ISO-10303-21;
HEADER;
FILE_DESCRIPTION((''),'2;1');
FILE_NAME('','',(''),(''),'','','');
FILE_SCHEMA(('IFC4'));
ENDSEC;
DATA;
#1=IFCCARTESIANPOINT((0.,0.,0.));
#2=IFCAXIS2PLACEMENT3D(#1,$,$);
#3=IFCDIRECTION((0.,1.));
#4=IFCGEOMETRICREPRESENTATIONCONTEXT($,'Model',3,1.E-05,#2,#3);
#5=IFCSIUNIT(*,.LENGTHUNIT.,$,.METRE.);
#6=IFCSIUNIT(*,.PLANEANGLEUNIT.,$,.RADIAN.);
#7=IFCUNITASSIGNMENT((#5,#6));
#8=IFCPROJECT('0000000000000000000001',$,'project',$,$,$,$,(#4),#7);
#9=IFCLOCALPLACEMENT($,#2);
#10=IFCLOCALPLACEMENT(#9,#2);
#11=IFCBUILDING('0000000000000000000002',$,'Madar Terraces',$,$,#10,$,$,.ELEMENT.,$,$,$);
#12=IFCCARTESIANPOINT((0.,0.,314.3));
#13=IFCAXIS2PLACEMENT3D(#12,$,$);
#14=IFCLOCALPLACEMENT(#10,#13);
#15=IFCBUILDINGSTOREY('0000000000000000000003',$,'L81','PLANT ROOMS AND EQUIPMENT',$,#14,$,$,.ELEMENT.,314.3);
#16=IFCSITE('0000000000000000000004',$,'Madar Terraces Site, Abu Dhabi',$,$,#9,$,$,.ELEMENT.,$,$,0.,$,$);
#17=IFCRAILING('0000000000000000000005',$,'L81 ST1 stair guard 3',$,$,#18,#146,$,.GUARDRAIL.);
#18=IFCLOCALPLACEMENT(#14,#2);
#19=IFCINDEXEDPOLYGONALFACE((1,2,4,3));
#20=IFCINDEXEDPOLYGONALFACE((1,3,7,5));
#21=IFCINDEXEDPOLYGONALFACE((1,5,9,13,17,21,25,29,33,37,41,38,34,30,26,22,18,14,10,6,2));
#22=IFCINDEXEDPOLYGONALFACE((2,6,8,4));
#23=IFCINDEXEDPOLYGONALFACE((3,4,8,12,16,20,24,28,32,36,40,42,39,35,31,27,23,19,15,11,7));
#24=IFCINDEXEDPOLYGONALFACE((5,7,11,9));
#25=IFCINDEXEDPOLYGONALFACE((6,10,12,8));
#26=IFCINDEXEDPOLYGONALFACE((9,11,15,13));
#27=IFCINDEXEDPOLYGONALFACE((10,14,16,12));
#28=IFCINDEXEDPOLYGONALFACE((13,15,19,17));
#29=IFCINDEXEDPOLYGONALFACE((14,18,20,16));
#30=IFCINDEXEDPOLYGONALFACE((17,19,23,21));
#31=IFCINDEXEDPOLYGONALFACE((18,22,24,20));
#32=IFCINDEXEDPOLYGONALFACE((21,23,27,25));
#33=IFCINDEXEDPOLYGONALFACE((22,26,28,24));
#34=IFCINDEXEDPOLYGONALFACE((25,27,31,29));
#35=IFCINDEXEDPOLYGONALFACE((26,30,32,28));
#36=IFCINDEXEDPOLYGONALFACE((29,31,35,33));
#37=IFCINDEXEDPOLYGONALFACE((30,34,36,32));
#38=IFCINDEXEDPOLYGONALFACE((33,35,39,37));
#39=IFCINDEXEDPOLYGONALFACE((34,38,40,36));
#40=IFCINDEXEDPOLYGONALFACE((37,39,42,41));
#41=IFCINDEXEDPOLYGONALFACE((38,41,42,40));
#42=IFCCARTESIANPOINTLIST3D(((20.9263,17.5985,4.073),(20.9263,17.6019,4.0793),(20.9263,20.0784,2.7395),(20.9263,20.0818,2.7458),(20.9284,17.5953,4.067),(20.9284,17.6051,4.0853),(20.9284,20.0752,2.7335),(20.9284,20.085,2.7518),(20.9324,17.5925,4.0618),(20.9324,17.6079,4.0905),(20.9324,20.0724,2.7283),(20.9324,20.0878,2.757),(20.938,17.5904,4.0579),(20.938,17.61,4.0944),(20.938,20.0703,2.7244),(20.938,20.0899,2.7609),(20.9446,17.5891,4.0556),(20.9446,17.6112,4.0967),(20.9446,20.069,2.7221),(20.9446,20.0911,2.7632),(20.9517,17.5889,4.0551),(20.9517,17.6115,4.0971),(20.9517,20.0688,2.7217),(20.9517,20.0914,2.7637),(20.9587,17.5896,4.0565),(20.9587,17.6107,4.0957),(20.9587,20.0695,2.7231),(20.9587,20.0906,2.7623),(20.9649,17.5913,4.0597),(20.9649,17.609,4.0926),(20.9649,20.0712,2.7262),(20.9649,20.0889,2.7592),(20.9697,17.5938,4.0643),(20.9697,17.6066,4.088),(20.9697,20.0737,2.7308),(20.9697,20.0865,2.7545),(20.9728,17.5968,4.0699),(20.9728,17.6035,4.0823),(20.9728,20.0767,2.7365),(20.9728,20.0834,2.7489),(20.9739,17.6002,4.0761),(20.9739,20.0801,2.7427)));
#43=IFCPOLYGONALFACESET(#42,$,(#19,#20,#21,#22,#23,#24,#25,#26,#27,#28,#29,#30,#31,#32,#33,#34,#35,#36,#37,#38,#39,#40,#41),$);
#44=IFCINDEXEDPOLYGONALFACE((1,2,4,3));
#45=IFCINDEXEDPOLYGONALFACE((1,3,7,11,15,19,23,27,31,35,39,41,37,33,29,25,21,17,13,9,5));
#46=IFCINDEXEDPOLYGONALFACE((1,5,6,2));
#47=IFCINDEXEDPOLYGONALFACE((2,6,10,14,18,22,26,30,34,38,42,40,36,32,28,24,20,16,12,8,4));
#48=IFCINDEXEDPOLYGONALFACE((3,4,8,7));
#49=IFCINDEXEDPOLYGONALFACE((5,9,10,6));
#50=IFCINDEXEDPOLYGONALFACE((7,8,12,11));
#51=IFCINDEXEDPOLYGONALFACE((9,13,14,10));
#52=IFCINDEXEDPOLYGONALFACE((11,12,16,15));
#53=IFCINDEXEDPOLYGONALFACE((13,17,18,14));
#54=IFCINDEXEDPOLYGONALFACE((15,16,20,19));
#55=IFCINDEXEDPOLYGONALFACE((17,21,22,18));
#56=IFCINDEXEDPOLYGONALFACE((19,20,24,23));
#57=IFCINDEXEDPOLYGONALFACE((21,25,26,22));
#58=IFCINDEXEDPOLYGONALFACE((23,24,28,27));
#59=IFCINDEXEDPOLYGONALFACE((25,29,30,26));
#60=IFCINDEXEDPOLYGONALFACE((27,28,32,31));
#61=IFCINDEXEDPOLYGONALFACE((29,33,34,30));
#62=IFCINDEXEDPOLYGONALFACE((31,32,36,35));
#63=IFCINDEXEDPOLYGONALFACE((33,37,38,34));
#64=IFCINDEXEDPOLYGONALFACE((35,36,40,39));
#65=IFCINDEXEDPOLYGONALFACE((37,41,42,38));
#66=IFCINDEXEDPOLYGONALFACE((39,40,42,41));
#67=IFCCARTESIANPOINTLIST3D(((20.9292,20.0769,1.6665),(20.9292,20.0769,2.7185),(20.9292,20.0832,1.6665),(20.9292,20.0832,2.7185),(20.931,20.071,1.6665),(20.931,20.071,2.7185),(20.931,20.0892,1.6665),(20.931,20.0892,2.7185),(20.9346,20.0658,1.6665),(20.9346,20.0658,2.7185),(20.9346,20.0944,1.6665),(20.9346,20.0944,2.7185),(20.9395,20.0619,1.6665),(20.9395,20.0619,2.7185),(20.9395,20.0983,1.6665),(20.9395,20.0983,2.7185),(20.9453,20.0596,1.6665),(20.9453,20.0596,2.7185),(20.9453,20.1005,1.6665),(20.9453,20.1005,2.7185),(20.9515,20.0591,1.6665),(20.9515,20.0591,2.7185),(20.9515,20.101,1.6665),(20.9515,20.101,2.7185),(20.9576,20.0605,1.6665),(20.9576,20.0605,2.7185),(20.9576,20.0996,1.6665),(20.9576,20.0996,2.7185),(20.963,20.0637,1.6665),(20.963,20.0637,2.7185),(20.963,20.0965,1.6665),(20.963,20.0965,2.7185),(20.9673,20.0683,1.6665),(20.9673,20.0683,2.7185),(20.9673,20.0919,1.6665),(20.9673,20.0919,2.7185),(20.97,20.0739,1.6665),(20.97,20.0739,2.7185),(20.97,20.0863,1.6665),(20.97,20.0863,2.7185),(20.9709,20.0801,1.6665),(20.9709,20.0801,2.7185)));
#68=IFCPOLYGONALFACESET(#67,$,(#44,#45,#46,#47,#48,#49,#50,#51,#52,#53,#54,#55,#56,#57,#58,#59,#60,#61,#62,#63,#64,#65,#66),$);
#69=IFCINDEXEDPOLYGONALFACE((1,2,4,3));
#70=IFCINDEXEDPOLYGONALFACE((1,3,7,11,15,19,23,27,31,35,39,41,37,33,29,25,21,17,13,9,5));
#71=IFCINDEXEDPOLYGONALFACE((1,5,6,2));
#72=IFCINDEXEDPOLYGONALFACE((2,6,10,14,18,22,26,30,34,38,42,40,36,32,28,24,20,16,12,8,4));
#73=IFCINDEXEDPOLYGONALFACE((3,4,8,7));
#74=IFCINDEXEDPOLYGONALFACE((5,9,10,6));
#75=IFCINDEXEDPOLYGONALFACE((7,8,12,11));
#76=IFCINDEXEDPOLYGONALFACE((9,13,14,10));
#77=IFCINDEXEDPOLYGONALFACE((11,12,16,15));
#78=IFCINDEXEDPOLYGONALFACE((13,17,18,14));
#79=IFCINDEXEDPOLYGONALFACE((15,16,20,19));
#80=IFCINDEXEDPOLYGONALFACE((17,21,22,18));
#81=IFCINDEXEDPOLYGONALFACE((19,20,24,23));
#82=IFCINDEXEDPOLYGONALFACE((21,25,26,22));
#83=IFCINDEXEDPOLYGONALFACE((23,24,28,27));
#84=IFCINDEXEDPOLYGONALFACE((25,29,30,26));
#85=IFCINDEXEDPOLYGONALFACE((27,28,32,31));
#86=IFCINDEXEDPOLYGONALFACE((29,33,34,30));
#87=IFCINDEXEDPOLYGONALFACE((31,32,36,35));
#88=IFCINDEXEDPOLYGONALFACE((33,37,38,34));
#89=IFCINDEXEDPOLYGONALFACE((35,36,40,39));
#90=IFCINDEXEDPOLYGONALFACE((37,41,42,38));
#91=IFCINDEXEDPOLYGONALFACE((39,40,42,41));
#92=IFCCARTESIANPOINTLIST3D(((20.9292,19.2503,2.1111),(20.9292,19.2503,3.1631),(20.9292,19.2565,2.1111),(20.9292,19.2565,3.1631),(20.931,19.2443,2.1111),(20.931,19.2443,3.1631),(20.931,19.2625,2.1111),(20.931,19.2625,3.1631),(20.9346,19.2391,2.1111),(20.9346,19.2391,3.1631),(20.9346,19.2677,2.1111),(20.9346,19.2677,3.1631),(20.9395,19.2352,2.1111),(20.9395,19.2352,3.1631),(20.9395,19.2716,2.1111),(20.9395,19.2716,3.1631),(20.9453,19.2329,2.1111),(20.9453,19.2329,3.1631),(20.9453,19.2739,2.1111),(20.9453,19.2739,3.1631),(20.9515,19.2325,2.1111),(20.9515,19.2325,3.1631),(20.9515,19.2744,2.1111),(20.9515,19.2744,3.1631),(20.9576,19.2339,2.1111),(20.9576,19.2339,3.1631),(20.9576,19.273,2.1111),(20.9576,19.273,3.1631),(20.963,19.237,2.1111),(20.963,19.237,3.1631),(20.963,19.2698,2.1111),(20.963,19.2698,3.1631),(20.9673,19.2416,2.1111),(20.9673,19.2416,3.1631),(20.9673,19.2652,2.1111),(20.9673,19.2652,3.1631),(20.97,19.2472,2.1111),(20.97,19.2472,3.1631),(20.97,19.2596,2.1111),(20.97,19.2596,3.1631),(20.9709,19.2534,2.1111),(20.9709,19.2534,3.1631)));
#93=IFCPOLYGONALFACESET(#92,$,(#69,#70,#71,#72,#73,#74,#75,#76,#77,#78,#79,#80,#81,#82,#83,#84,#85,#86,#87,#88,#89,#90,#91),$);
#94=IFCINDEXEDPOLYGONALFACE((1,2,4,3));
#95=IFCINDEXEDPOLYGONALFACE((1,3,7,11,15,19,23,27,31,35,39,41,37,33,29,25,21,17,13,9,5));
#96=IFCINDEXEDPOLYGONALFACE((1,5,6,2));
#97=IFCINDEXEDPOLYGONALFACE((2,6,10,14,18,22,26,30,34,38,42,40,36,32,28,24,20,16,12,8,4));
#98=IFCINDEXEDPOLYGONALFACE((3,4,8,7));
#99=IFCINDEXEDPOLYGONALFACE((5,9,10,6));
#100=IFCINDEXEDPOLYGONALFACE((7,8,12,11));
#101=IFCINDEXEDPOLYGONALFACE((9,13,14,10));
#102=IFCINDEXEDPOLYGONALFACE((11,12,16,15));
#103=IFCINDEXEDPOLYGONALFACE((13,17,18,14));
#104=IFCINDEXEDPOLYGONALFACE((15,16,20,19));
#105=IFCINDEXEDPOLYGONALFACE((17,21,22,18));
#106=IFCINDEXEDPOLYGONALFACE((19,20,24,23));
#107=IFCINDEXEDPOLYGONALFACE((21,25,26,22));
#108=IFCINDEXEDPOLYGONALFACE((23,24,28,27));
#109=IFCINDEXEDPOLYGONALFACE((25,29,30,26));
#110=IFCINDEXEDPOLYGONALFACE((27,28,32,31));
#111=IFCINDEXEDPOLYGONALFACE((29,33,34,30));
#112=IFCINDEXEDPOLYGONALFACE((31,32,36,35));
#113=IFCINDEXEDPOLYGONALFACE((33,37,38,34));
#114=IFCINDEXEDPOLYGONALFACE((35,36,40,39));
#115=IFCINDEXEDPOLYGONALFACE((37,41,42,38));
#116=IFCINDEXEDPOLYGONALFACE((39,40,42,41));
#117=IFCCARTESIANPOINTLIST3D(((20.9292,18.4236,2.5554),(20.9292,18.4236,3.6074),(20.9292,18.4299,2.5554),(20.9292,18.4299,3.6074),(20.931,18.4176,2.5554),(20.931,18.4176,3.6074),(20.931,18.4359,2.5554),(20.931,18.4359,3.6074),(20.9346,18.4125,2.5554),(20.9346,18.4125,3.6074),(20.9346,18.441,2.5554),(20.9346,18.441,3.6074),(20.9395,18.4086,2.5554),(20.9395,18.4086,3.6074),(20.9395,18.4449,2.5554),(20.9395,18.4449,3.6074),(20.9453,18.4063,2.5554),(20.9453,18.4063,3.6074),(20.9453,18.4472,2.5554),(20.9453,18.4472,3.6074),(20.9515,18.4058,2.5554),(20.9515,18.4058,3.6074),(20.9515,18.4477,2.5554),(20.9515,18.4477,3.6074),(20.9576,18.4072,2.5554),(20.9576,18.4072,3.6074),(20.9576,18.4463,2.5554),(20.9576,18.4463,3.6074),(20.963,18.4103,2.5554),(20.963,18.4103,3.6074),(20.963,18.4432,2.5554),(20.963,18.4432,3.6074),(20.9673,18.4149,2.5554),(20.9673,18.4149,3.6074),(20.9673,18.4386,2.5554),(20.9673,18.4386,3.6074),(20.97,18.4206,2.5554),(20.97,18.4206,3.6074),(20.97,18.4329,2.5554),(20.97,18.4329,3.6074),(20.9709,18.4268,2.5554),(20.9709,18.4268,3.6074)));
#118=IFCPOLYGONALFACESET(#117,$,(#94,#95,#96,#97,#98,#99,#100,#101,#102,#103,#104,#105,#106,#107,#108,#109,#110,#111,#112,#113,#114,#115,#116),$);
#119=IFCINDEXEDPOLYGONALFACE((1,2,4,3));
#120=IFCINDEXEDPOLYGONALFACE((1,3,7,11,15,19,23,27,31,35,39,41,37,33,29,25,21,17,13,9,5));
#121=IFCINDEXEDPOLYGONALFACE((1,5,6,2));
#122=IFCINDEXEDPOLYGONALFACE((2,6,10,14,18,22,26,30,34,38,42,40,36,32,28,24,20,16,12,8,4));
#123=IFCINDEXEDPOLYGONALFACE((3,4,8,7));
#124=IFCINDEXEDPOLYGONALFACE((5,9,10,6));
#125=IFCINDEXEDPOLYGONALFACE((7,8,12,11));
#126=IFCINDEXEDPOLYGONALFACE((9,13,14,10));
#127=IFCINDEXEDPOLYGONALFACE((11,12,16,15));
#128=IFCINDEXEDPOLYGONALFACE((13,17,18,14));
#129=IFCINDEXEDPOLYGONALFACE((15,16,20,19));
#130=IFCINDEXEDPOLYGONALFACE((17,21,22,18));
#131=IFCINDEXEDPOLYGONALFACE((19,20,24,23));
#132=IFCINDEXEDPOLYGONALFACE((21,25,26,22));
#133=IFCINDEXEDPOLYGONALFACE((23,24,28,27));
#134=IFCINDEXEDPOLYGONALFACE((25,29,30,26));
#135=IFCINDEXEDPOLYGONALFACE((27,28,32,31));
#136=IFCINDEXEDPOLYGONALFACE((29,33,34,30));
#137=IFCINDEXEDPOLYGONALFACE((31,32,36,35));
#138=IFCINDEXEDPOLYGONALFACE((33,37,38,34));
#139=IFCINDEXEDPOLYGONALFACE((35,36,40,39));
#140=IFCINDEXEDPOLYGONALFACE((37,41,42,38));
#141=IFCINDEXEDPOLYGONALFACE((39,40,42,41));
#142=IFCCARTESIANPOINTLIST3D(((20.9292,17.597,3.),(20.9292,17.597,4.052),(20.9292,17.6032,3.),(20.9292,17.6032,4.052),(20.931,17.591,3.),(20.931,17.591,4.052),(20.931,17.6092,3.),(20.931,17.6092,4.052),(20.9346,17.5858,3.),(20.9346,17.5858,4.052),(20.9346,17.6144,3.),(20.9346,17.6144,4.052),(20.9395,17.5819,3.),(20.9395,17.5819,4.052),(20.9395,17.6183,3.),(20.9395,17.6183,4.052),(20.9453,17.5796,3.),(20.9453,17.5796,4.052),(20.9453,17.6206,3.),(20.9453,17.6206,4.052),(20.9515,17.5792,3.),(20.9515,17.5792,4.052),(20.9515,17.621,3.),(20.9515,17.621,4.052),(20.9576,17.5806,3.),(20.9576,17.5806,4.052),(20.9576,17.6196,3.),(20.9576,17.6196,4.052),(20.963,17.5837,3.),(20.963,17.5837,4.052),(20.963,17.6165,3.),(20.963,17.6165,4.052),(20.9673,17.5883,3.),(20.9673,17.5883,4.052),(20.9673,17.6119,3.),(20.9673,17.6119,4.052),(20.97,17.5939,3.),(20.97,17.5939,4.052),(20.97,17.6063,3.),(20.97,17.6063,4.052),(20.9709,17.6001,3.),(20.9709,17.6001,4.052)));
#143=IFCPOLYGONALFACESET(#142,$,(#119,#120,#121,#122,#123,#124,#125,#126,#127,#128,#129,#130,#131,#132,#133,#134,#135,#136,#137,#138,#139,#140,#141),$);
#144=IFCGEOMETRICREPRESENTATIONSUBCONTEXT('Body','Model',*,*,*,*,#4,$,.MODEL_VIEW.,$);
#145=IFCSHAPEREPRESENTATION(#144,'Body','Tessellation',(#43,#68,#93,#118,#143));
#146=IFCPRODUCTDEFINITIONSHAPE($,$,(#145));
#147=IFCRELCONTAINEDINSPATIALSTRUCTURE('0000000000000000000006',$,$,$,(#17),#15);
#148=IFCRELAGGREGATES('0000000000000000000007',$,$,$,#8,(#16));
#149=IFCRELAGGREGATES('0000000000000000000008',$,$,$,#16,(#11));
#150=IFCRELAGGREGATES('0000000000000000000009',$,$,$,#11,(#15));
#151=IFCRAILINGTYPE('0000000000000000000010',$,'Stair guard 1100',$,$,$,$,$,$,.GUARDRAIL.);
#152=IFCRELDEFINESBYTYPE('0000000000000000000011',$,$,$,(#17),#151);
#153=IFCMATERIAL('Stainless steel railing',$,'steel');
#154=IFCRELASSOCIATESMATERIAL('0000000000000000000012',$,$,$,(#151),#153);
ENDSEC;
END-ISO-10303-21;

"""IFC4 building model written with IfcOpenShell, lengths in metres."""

from ifc_helpers import new_model, si_unit, direction, frame, origin, origin_2d, place, context, subcontext, project, spatial, circle, extrude, material, type_object, element, save


model = new_model("IFC4")

# Units and contexts
model_context = context("Model", 3, precision=1e-05, world=origin(), true_north=direction((0.0, 1.0)))
body_context = subcontext(model_context, "Body", "Model", "MODEL_VIEW")
ifc_project = project(units=[si_unit("LENGTHUNIT", "METRE"), si_unit("PLANEANGLEUNIT", "RADIAN")], contexts=[model_context])

# Site, building, storey
site_placement = place(None, origin())
site = spatial("IfcSite", under=ifc_project, at=site_placement, Name="Madar Terraces Site, Abu Dhabi", CompositionType="ELEMENT", RefElevation=0.0)
building_placement = place(site_placement, origin())
building = spatial("IfcBuilding", under=site, at=building_placement, Name="Madar Terraces", CompositionType="ELEMENT")
storey_placement = place(building_placement, frame((0.0, 0.0, 314.3)))
storey = spatial("IfcBuildingStorey", under=building, at=storey_placement, Name="L81", Description="PLANT ROOMS AND EQUIPMENT", CompositionType="ELEMENT", Elevation=314.3)

# Railing
ifc_material_1 = material(Name="Stainless steel railing", Category="steel")
railing_type = type_object("IfcRailingType", Name="Stair guard 1100", PredefinedType="GUARDRAIL", material=ifc_material_1)
railing_1_placement = place(storey_placement, frame((20.95, 20.0801, 1.6665)))
element("IfcRailing", 1, at=railing_1_placement, inside=storey, type_object=railing_type, Name="L81 ST1 stair guard 3", PredefinedType="GUARDRAIL", context=body_context, shape_type="SweptSolid", body=[
    extrude(circle(Radius=0.0239, at=origin_2d()), frame((0.0, 0.0, 1.0762), z_axis=(0.0, -0.880749, 0.473583), x_axis=(1.0, 0.0, 0.0)), (0.0, 0.0, 1.0), 2.8157),
    extrude(circle(Radius=0.021, at=origin_2d()), origin(), (0.0, 0.0, 1.0), 1.052),
    extrude(circle(Radius=0.021, at=origin_2d()), frame((0.0, -0.8267, 0.4446)), (0.0, 0.0, 1.0), 1.052),
    extrude(circle(Radius=0.021, at=origin_2d()), frame((0.0, -1.6533, 0.8889)), (0.0, 0.0, 1.0), 1.052),
    extrude(circle(Radius=0.021, at=origin_2d()), frame((0.0, -2.48, 1.3335)), (0.0, 0.0, 1.0), 1.052),
])

save(model, "model.ifc")
